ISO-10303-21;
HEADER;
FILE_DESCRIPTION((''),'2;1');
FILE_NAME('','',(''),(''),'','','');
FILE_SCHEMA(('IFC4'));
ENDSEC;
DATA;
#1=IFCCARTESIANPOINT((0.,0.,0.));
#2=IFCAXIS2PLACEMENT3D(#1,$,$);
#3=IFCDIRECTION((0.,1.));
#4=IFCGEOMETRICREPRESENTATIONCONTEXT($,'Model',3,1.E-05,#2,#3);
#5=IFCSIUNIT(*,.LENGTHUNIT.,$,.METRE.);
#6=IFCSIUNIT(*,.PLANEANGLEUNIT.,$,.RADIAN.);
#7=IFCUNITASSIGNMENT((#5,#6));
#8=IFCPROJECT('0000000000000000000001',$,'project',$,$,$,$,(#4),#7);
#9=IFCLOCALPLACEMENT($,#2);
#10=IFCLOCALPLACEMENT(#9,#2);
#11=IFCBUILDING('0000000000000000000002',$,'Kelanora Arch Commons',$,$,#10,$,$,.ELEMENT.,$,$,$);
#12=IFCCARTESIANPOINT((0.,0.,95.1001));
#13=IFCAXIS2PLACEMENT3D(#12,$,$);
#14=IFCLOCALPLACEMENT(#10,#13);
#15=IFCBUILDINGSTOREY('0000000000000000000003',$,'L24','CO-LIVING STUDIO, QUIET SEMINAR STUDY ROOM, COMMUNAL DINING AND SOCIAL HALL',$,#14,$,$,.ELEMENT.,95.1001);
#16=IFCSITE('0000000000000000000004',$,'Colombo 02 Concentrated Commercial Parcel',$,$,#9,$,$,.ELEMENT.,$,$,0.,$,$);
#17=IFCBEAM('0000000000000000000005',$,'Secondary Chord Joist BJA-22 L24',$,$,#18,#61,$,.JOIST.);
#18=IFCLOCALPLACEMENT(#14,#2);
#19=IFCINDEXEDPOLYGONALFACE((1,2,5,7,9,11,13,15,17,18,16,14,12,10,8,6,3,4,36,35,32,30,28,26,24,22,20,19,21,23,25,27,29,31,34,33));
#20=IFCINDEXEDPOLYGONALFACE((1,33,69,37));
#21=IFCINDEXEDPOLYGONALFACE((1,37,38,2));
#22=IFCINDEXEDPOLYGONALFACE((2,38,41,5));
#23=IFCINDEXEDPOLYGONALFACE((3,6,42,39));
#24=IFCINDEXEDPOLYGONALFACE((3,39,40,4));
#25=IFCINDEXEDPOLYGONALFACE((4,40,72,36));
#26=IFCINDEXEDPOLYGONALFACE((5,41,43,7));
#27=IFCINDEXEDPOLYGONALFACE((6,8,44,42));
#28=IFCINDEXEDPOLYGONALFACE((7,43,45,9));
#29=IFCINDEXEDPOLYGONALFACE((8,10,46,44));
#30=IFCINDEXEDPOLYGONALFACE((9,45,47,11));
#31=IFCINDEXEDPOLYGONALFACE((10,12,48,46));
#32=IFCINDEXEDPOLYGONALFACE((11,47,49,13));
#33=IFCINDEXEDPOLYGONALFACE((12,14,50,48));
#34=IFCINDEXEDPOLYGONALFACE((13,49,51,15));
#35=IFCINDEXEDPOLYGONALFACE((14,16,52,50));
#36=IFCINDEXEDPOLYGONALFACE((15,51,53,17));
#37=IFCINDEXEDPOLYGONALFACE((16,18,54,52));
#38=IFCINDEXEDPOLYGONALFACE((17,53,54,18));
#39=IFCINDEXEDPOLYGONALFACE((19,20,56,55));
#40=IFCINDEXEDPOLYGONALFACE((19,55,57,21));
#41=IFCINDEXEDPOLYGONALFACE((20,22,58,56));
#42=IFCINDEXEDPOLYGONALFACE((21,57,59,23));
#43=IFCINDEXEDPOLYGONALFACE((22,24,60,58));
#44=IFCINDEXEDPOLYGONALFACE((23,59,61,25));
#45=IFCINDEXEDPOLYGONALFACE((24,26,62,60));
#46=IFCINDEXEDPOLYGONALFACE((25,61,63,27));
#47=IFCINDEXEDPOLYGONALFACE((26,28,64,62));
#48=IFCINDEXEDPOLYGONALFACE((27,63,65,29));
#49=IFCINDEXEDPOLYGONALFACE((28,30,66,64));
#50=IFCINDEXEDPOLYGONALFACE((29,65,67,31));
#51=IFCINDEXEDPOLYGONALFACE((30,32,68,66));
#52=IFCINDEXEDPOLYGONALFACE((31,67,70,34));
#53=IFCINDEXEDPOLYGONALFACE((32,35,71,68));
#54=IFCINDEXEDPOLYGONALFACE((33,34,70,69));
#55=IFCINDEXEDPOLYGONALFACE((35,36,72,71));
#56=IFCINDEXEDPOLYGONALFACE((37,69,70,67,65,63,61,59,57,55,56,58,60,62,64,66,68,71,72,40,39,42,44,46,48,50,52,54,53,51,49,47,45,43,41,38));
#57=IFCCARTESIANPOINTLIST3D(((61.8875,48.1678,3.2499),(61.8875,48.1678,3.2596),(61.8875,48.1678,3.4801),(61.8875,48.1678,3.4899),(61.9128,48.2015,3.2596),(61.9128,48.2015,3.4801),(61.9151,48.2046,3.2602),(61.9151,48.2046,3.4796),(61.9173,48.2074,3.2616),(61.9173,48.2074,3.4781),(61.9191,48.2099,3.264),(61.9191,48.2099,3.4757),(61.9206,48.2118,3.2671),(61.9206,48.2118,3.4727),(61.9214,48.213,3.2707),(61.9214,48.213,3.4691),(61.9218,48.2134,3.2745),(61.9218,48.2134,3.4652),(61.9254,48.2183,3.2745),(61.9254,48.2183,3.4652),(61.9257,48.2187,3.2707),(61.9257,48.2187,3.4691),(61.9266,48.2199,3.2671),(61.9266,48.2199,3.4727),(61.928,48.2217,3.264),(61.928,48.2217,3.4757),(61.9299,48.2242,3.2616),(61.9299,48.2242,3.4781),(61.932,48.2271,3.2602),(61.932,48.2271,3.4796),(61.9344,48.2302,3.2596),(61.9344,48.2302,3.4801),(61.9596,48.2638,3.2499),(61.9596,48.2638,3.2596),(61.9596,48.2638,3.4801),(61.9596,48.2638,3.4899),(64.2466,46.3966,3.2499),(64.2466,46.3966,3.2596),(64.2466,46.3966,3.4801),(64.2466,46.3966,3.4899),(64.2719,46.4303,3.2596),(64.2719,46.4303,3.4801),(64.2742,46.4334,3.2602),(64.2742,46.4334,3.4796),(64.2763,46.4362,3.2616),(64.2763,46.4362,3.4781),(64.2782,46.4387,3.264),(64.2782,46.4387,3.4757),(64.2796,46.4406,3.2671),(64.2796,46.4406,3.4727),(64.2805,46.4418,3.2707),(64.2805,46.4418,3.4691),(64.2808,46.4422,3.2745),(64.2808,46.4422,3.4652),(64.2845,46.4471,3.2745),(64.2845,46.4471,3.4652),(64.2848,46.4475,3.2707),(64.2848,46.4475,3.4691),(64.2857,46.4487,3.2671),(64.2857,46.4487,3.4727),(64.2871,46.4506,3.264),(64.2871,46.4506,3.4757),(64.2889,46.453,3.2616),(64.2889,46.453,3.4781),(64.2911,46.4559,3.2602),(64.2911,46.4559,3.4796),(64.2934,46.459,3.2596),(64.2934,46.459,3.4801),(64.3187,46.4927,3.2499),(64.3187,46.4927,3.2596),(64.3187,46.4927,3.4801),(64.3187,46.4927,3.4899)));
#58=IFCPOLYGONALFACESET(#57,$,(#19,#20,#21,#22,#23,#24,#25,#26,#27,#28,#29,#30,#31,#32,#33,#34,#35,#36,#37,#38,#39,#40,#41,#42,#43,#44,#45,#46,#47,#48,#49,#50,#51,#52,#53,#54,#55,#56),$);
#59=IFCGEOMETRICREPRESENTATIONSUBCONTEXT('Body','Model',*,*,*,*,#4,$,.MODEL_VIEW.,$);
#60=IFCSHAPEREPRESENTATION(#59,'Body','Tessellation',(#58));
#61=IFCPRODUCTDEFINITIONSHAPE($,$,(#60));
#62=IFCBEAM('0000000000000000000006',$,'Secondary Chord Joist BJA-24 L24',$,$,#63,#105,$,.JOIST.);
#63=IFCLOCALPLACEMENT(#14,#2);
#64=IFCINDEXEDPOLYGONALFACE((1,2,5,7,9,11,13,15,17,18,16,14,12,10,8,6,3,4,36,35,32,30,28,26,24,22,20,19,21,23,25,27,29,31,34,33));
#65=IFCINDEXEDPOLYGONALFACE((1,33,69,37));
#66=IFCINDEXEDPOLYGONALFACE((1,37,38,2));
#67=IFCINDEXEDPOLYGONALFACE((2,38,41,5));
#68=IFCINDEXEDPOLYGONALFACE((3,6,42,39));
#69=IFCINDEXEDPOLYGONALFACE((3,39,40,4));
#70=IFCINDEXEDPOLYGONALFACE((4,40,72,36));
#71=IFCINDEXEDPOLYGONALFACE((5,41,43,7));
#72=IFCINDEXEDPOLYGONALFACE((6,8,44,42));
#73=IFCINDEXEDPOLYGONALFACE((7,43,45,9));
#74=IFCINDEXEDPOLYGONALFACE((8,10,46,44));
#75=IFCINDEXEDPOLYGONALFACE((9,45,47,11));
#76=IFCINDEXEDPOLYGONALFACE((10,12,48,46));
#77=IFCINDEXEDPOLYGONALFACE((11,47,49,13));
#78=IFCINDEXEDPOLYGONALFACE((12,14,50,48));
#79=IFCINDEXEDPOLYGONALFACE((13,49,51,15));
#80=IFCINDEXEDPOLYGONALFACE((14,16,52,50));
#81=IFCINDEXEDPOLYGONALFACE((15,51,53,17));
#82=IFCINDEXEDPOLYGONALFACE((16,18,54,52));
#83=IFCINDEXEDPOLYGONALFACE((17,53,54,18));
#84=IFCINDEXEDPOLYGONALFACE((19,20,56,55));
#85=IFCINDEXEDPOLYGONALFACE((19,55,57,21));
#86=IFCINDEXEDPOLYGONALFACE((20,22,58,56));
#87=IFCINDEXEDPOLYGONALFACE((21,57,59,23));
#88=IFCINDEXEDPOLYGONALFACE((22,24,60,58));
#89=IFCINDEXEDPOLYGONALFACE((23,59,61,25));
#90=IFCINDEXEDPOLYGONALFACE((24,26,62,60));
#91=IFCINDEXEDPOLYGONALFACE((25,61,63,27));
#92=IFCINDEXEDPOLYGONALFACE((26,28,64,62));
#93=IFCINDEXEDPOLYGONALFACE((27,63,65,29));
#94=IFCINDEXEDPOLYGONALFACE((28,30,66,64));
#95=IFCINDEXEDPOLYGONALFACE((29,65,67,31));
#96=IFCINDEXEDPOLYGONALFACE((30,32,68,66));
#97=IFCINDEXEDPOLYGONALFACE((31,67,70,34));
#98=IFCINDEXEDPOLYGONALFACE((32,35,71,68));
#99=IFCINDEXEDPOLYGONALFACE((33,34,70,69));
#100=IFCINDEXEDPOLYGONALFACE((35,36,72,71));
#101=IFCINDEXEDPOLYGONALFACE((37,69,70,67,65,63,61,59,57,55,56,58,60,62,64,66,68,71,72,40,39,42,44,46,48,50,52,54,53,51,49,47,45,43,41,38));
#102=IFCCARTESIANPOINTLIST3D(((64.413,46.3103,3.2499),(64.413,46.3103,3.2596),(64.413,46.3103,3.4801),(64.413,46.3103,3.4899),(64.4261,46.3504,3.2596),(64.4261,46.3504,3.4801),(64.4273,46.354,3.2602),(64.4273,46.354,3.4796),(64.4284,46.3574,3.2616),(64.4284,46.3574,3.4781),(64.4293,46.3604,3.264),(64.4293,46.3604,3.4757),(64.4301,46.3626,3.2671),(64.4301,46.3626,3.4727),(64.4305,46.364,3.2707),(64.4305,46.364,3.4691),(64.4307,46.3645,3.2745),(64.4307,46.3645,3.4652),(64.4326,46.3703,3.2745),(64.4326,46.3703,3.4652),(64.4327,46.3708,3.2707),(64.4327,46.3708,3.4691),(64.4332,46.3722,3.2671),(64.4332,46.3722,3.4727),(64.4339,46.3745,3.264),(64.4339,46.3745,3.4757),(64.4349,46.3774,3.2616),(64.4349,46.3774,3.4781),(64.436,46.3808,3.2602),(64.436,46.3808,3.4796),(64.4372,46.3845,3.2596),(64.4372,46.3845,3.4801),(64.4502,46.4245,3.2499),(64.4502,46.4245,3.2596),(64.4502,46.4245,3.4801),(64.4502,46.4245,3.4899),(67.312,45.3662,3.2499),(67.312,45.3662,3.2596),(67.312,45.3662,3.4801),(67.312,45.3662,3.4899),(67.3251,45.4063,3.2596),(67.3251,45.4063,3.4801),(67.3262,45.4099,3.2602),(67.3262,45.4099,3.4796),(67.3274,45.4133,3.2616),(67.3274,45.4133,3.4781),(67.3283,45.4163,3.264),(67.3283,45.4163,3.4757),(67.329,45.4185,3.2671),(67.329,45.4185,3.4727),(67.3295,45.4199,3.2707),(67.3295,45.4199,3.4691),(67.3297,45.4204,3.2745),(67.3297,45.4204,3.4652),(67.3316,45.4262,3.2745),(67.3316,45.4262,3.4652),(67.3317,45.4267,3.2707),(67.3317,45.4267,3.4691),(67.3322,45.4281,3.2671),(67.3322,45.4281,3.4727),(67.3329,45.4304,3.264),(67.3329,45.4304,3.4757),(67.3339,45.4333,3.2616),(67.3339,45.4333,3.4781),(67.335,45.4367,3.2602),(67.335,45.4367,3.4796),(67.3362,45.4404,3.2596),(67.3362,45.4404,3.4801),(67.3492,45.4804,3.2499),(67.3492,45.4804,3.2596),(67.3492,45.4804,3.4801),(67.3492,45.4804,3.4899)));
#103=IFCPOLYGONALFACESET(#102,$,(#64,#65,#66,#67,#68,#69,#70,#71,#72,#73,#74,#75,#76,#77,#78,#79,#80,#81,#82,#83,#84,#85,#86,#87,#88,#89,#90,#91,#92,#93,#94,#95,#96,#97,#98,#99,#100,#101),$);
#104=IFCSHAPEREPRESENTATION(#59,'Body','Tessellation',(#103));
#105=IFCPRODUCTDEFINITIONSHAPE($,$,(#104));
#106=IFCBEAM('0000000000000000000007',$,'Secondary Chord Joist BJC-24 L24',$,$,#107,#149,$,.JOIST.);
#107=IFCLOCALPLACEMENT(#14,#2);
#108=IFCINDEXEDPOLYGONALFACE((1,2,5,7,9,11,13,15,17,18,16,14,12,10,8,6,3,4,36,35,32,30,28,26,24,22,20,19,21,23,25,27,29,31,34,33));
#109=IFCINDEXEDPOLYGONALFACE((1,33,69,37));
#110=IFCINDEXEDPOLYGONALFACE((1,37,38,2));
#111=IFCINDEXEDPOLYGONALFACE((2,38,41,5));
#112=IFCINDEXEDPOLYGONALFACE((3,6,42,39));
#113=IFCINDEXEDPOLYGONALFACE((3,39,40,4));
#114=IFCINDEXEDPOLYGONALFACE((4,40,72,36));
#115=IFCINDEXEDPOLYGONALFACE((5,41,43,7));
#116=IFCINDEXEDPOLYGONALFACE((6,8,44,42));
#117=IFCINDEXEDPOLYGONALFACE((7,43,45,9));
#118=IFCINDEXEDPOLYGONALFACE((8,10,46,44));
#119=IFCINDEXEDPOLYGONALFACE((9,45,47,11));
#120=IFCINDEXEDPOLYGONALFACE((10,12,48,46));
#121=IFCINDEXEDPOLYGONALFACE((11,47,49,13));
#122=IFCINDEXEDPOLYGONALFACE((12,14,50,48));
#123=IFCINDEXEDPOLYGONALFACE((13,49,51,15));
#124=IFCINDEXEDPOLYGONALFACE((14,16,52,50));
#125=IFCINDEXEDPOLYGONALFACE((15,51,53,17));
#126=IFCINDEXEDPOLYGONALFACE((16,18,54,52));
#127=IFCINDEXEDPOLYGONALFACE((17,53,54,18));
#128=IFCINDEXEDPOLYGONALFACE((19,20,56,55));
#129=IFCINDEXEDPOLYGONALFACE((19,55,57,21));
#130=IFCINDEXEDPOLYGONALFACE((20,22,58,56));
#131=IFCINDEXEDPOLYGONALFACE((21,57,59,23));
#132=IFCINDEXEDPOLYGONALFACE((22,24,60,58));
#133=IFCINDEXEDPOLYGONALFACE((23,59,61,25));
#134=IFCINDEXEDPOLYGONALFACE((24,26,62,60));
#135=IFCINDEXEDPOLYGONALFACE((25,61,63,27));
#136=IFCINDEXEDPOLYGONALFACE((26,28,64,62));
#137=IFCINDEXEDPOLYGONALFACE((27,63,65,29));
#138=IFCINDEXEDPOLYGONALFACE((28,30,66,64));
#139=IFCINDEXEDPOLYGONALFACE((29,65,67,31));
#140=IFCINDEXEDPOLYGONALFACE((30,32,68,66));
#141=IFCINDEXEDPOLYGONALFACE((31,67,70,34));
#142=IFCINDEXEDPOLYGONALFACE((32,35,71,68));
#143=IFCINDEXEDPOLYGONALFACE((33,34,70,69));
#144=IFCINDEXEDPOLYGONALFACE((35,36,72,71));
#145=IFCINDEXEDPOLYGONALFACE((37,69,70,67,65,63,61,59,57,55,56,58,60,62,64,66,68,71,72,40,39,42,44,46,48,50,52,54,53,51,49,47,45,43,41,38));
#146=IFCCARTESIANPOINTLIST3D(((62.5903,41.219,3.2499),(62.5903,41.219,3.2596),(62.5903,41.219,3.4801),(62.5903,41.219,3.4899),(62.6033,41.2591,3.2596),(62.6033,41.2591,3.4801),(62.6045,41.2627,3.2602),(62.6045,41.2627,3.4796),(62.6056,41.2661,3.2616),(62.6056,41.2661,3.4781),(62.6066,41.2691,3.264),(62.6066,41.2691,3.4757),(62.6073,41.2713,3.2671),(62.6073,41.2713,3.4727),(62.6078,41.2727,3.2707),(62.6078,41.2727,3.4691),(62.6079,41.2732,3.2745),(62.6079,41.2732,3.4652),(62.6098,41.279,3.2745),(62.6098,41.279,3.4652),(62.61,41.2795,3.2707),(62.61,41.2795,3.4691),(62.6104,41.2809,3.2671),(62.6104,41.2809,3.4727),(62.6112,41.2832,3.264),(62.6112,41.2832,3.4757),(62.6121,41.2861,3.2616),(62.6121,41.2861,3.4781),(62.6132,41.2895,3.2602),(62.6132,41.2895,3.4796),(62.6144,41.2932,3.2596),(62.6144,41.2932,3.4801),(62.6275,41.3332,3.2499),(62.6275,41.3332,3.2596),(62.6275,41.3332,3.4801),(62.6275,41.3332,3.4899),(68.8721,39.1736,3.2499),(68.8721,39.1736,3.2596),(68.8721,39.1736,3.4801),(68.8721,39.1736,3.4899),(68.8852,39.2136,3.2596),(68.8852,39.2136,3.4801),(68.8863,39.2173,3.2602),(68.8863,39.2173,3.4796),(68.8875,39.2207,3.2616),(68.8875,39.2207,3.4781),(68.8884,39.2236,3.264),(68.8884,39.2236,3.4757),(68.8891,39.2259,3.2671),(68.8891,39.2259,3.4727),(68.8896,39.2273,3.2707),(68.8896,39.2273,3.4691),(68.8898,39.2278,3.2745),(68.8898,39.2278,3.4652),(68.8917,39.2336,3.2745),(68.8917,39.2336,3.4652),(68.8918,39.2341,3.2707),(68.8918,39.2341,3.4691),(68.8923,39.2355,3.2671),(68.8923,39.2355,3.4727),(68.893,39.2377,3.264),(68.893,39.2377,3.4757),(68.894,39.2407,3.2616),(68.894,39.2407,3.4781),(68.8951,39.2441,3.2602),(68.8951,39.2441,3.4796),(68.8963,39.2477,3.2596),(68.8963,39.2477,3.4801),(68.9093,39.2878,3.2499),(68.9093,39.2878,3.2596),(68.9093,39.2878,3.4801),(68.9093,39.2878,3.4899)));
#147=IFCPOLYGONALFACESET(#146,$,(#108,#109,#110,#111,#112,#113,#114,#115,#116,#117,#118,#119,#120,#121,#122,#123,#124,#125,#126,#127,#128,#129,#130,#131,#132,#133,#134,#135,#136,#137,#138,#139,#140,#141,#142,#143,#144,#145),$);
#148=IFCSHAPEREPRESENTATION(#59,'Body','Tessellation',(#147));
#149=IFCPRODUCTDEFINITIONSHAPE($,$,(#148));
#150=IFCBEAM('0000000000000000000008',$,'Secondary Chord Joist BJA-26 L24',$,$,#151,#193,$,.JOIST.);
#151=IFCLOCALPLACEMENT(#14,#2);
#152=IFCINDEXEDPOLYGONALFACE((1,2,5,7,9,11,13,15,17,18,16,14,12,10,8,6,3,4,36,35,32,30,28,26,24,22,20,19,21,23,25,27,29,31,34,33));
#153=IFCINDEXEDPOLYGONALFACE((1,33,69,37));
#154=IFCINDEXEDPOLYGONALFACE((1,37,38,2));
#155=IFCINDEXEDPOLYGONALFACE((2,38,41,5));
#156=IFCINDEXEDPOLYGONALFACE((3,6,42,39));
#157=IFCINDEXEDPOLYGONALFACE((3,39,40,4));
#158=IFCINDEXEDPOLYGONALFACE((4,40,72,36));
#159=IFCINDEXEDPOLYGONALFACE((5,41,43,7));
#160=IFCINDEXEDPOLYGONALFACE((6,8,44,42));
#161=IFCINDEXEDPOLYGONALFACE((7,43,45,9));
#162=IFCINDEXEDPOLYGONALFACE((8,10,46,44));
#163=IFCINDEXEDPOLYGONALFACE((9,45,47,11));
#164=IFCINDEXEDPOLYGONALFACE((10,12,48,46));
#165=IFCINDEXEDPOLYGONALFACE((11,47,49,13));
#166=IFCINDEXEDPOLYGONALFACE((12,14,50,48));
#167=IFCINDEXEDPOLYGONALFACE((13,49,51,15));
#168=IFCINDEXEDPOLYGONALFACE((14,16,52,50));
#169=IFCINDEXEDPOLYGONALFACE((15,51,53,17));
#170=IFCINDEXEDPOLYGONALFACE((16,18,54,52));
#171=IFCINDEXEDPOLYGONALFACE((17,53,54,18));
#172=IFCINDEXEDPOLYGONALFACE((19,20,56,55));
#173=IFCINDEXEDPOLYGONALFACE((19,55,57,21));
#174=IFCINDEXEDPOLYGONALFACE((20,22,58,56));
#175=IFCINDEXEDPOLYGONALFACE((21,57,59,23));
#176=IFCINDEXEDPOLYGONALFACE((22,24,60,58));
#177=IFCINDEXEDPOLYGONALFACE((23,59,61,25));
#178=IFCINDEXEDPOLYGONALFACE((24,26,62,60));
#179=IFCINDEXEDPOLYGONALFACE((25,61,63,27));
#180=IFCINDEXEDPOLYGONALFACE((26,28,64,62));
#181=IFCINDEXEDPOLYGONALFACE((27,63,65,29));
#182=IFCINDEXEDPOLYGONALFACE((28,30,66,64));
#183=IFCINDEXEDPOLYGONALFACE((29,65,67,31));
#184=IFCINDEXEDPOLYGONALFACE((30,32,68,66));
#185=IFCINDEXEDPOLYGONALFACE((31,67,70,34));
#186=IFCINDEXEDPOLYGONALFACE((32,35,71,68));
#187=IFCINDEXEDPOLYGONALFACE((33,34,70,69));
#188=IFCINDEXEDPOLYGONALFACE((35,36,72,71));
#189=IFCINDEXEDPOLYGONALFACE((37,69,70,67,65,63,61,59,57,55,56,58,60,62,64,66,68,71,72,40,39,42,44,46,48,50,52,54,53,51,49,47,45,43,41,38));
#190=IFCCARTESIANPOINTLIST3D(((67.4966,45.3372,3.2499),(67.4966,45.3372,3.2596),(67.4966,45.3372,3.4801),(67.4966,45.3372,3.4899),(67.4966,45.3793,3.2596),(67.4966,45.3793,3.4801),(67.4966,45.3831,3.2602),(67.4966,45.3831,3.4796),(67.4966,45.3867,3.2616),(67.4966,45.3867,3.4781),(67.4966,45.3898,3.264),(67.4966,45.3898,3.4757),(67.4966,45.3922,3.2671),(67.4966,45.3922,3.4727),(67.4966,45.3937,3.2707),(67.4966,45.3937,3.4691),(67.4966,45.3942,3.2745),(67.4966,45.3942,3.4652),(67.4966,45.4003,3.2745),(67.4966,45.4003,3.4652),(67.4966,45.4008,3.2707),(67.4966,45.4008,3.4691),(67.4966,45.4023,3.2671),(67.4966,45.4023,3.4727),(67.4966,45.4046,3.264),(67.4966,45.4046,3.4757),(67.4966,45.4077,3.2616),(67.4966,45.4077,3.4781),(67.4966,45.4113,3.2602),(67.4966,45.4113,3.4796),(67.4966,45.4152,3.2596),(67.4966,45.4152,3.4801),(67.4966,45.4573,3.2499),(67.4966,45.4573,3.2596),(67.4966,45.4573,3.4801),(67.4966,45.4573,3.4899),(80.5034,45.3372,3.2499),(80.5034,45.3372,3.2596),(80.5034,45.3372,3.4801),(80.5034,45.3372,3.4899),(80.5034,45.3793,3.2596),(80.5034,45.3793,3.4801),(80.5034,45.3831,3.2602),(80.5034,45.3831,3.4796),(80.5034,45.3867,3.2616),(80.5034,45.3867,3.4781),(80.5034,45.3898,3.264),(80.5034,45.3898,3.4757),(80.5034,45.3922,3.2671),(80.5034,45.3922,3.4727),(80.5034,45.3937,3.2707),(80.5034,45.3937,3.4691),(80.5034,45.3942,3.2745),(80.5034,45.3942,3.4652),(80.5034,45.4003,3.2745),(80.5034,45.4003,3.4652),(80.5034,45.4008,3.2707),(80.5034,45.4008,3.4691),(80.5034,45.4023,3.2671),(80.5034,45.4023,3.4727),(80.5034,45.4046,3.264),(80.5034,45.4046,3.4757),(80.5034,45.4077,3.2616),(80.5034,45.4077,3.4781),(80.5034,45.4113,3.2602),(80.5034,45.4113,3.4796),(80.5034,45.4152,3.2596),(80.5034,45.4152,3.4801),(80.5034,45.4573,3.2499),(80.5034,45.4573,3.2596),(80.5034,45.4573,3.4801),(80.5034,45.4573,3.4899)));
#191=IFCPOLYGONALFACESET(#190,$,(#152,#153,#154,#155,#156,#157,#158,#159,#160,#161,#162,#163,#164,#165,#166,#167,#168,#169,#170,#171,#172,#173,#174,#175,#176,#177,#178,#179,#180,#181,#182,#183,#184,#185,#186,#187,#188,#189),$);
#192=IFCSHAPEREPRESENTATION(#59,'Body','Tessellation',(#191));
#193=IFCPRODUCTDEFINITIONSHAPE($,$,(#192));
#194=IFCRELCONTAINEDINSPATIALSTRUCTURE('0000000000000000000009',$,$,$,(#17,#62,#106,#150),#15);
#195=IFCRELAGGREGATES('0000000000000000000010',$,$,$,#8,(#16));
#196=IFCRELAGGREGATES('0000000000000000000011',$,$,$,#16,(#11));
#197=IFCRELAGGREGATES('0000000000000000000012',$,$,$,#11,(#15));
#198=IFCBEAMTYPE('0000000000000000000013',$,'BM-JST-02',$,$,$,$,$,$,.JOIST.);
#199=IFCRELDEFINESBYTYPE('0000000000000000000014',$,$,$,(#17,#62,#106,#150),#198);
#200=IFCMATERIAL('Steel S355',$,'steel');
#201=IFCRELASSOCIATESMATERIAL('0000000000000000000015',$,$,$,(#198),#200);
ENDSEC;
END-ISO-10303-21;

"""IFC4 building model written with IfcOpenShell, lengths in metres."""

from ifc_helpers import new_model, si_unit, direction, frame, origin, origin_2d, place, context, subcontext, project, spatial, i_section, extrude, material, material_profile, profile_set, type_object, element, save


model = new_model("IFC4")

# Units and contexts
model_context = context("Model", 3, precision=1e-05, world=origin(), true_north=direction((0.0, 1.0)))
body_context = subcontext(model_context, "Body", "Model", "MODEL_VIEW")
ifc_project = project(units=[si_unit("LENGTHUNIT", "METRE"), si_unit("PLANEANGLEUNIT", "RADIAN")], contexts=[model_context])

# Site, building, storey
site_placement = place(None, origin())
site = spatial("IfcSite", under=ifc_project, at=site_placement, Name="Colombo 02 Concentrated Commercial Parcel", CompositionType="ELEMENT", RefElevation=0.0)
building_placement = place(site_placement, origin())
building = spatial("IfcBuilding", under=site, at=building_placement, Name="Kelanora Arch Commons", CompositionType="ELEMENT")
storey_placement = place(building_placement, frame((0.0, 0.0, 95.1001)))
storey = spatial("IfcBuildingStorey", under=building, at=storey_placement, Name="L24", Description="CO-LIVING STUDIO, QUIET SEMINAR STUDY ROOM, COMMUNAL DINING AND SOCIAL HALL", CompositionType="ELEMENT", Elevation=95.1001)

# Beams
ifc_material_1 = material(Name="Steel S355", Category="steel")
ifc_material_profile_1 = material_profile(ifc_material_1, i_section(OverallWidth=0.1201, OverallDepth=0.24, WebThickness=0.0061, FlangeThickness=0.0098, FilletRadius=0.0149, at=origin_2d()), Name="IPE240")
ifc_profile_set_1 = profile_set([ifc_material_profile_1], Name="Steel S355")
beam_type_1 = type_object("IfcBeamType", Name="BM-JST-02", PredefinedType="JOIST", material=ifc_profile_set_1)
beam_1_placement = place(storey_placement, frame((61.9236, 48.2158, 3.3699), z_axis=(0.799692, -0.60041, 0.0), x_axis=(0.60041, 0.799692, 0.0)))
element("IfcBeam", 1, at=beam_1_placement, inside=storey, type_object=beam_type_1, Name="Secondary Chord Joist BJA-22 L24", PredefinedType="JOIST", context=body_context, shape_type="SweptSolid", body=[
    extrude(i_section(OverallWidth=0.1201, OverallDepth=0.24, WebThickness=0.0061, FlangeThickness=0.0098, FilletRadius=0.0149, at=origin_2d()), origin(), (0.0, 0.0, 1.0), 2.95),
])
beam_2_placement = place(storey_placement, frame((64.4316, 46.3674, 3.3699), z_axis=(0.950847, -0.309662, 0.0), x_axis=(0.309662, 0.950847, 0.0)))
element("IfcBeam", 2, at=beam_2_placement, inside=storey, type_object=beam_type_1, Name="Secondary Chord Joist BJA-24 L24", PredefinedType="JOIST", context=body_context, shape_type="SweptSolid", body=[
    extrude(i_section(OverallWidth=0.1201, OverallDepth=0.24, WebThickness=0.0061, FlangeThickness=0.0098, FilletRadius=0.0149, at=origin_2d()), origin(), (0.0, 0.0, 1.0), 3.0488),
])
beam_3_placement = place(storey_placement, frame((62.6089, 41.2761, 3.3699), z_axis=(0.950863, -0.309612, 0.0), x_axis=(0.309612, 0.950863, 0.0)))
element("IfcBeam", 3, at=beam_3_placement, inside=storey, type_object=beam_type_1, Name="Secondary Chord Joist BJC-24 L24", PredefinedType="JOIST", context=body_context, shape_type="SweptSolid", body=[
    extrude(i_section(OverallWidth=0.1201, OverallDepth=0.24, WebThickness=0.0061, FlangeThickness=0.0098, FilletRadius=0.0149, at=origin_2d()), origin(), (0.0, 0.0, 1.0), 6.6064),
])
beam_4_placement = place(storey_placement, frame((67.4966, 45.3972, 3.3699), z_axis=(1.0, 0.0, 0.0), x_axis=(0.0, 1.0, 0.0)))
element("IfcBeam", 4, at=beam_4_placement, inside=storey, type_object=beam_type_1, Name="Secondary Chord Joist BJA-26 L24", PredefinedType="JOIST", context=body_context, shape_type="SweptSolid", body=[
    extrude(i_section(OverallWidth=0.1201, OverallDepth=0.24, WebThickness=0.0061, FlangeThickness=0.0098, FilletRadius=0.0149, at=origin_2d()), origin(), (0.0, 0.0, 1.0), 13.0068),
])

save(model, "model.ifc")
